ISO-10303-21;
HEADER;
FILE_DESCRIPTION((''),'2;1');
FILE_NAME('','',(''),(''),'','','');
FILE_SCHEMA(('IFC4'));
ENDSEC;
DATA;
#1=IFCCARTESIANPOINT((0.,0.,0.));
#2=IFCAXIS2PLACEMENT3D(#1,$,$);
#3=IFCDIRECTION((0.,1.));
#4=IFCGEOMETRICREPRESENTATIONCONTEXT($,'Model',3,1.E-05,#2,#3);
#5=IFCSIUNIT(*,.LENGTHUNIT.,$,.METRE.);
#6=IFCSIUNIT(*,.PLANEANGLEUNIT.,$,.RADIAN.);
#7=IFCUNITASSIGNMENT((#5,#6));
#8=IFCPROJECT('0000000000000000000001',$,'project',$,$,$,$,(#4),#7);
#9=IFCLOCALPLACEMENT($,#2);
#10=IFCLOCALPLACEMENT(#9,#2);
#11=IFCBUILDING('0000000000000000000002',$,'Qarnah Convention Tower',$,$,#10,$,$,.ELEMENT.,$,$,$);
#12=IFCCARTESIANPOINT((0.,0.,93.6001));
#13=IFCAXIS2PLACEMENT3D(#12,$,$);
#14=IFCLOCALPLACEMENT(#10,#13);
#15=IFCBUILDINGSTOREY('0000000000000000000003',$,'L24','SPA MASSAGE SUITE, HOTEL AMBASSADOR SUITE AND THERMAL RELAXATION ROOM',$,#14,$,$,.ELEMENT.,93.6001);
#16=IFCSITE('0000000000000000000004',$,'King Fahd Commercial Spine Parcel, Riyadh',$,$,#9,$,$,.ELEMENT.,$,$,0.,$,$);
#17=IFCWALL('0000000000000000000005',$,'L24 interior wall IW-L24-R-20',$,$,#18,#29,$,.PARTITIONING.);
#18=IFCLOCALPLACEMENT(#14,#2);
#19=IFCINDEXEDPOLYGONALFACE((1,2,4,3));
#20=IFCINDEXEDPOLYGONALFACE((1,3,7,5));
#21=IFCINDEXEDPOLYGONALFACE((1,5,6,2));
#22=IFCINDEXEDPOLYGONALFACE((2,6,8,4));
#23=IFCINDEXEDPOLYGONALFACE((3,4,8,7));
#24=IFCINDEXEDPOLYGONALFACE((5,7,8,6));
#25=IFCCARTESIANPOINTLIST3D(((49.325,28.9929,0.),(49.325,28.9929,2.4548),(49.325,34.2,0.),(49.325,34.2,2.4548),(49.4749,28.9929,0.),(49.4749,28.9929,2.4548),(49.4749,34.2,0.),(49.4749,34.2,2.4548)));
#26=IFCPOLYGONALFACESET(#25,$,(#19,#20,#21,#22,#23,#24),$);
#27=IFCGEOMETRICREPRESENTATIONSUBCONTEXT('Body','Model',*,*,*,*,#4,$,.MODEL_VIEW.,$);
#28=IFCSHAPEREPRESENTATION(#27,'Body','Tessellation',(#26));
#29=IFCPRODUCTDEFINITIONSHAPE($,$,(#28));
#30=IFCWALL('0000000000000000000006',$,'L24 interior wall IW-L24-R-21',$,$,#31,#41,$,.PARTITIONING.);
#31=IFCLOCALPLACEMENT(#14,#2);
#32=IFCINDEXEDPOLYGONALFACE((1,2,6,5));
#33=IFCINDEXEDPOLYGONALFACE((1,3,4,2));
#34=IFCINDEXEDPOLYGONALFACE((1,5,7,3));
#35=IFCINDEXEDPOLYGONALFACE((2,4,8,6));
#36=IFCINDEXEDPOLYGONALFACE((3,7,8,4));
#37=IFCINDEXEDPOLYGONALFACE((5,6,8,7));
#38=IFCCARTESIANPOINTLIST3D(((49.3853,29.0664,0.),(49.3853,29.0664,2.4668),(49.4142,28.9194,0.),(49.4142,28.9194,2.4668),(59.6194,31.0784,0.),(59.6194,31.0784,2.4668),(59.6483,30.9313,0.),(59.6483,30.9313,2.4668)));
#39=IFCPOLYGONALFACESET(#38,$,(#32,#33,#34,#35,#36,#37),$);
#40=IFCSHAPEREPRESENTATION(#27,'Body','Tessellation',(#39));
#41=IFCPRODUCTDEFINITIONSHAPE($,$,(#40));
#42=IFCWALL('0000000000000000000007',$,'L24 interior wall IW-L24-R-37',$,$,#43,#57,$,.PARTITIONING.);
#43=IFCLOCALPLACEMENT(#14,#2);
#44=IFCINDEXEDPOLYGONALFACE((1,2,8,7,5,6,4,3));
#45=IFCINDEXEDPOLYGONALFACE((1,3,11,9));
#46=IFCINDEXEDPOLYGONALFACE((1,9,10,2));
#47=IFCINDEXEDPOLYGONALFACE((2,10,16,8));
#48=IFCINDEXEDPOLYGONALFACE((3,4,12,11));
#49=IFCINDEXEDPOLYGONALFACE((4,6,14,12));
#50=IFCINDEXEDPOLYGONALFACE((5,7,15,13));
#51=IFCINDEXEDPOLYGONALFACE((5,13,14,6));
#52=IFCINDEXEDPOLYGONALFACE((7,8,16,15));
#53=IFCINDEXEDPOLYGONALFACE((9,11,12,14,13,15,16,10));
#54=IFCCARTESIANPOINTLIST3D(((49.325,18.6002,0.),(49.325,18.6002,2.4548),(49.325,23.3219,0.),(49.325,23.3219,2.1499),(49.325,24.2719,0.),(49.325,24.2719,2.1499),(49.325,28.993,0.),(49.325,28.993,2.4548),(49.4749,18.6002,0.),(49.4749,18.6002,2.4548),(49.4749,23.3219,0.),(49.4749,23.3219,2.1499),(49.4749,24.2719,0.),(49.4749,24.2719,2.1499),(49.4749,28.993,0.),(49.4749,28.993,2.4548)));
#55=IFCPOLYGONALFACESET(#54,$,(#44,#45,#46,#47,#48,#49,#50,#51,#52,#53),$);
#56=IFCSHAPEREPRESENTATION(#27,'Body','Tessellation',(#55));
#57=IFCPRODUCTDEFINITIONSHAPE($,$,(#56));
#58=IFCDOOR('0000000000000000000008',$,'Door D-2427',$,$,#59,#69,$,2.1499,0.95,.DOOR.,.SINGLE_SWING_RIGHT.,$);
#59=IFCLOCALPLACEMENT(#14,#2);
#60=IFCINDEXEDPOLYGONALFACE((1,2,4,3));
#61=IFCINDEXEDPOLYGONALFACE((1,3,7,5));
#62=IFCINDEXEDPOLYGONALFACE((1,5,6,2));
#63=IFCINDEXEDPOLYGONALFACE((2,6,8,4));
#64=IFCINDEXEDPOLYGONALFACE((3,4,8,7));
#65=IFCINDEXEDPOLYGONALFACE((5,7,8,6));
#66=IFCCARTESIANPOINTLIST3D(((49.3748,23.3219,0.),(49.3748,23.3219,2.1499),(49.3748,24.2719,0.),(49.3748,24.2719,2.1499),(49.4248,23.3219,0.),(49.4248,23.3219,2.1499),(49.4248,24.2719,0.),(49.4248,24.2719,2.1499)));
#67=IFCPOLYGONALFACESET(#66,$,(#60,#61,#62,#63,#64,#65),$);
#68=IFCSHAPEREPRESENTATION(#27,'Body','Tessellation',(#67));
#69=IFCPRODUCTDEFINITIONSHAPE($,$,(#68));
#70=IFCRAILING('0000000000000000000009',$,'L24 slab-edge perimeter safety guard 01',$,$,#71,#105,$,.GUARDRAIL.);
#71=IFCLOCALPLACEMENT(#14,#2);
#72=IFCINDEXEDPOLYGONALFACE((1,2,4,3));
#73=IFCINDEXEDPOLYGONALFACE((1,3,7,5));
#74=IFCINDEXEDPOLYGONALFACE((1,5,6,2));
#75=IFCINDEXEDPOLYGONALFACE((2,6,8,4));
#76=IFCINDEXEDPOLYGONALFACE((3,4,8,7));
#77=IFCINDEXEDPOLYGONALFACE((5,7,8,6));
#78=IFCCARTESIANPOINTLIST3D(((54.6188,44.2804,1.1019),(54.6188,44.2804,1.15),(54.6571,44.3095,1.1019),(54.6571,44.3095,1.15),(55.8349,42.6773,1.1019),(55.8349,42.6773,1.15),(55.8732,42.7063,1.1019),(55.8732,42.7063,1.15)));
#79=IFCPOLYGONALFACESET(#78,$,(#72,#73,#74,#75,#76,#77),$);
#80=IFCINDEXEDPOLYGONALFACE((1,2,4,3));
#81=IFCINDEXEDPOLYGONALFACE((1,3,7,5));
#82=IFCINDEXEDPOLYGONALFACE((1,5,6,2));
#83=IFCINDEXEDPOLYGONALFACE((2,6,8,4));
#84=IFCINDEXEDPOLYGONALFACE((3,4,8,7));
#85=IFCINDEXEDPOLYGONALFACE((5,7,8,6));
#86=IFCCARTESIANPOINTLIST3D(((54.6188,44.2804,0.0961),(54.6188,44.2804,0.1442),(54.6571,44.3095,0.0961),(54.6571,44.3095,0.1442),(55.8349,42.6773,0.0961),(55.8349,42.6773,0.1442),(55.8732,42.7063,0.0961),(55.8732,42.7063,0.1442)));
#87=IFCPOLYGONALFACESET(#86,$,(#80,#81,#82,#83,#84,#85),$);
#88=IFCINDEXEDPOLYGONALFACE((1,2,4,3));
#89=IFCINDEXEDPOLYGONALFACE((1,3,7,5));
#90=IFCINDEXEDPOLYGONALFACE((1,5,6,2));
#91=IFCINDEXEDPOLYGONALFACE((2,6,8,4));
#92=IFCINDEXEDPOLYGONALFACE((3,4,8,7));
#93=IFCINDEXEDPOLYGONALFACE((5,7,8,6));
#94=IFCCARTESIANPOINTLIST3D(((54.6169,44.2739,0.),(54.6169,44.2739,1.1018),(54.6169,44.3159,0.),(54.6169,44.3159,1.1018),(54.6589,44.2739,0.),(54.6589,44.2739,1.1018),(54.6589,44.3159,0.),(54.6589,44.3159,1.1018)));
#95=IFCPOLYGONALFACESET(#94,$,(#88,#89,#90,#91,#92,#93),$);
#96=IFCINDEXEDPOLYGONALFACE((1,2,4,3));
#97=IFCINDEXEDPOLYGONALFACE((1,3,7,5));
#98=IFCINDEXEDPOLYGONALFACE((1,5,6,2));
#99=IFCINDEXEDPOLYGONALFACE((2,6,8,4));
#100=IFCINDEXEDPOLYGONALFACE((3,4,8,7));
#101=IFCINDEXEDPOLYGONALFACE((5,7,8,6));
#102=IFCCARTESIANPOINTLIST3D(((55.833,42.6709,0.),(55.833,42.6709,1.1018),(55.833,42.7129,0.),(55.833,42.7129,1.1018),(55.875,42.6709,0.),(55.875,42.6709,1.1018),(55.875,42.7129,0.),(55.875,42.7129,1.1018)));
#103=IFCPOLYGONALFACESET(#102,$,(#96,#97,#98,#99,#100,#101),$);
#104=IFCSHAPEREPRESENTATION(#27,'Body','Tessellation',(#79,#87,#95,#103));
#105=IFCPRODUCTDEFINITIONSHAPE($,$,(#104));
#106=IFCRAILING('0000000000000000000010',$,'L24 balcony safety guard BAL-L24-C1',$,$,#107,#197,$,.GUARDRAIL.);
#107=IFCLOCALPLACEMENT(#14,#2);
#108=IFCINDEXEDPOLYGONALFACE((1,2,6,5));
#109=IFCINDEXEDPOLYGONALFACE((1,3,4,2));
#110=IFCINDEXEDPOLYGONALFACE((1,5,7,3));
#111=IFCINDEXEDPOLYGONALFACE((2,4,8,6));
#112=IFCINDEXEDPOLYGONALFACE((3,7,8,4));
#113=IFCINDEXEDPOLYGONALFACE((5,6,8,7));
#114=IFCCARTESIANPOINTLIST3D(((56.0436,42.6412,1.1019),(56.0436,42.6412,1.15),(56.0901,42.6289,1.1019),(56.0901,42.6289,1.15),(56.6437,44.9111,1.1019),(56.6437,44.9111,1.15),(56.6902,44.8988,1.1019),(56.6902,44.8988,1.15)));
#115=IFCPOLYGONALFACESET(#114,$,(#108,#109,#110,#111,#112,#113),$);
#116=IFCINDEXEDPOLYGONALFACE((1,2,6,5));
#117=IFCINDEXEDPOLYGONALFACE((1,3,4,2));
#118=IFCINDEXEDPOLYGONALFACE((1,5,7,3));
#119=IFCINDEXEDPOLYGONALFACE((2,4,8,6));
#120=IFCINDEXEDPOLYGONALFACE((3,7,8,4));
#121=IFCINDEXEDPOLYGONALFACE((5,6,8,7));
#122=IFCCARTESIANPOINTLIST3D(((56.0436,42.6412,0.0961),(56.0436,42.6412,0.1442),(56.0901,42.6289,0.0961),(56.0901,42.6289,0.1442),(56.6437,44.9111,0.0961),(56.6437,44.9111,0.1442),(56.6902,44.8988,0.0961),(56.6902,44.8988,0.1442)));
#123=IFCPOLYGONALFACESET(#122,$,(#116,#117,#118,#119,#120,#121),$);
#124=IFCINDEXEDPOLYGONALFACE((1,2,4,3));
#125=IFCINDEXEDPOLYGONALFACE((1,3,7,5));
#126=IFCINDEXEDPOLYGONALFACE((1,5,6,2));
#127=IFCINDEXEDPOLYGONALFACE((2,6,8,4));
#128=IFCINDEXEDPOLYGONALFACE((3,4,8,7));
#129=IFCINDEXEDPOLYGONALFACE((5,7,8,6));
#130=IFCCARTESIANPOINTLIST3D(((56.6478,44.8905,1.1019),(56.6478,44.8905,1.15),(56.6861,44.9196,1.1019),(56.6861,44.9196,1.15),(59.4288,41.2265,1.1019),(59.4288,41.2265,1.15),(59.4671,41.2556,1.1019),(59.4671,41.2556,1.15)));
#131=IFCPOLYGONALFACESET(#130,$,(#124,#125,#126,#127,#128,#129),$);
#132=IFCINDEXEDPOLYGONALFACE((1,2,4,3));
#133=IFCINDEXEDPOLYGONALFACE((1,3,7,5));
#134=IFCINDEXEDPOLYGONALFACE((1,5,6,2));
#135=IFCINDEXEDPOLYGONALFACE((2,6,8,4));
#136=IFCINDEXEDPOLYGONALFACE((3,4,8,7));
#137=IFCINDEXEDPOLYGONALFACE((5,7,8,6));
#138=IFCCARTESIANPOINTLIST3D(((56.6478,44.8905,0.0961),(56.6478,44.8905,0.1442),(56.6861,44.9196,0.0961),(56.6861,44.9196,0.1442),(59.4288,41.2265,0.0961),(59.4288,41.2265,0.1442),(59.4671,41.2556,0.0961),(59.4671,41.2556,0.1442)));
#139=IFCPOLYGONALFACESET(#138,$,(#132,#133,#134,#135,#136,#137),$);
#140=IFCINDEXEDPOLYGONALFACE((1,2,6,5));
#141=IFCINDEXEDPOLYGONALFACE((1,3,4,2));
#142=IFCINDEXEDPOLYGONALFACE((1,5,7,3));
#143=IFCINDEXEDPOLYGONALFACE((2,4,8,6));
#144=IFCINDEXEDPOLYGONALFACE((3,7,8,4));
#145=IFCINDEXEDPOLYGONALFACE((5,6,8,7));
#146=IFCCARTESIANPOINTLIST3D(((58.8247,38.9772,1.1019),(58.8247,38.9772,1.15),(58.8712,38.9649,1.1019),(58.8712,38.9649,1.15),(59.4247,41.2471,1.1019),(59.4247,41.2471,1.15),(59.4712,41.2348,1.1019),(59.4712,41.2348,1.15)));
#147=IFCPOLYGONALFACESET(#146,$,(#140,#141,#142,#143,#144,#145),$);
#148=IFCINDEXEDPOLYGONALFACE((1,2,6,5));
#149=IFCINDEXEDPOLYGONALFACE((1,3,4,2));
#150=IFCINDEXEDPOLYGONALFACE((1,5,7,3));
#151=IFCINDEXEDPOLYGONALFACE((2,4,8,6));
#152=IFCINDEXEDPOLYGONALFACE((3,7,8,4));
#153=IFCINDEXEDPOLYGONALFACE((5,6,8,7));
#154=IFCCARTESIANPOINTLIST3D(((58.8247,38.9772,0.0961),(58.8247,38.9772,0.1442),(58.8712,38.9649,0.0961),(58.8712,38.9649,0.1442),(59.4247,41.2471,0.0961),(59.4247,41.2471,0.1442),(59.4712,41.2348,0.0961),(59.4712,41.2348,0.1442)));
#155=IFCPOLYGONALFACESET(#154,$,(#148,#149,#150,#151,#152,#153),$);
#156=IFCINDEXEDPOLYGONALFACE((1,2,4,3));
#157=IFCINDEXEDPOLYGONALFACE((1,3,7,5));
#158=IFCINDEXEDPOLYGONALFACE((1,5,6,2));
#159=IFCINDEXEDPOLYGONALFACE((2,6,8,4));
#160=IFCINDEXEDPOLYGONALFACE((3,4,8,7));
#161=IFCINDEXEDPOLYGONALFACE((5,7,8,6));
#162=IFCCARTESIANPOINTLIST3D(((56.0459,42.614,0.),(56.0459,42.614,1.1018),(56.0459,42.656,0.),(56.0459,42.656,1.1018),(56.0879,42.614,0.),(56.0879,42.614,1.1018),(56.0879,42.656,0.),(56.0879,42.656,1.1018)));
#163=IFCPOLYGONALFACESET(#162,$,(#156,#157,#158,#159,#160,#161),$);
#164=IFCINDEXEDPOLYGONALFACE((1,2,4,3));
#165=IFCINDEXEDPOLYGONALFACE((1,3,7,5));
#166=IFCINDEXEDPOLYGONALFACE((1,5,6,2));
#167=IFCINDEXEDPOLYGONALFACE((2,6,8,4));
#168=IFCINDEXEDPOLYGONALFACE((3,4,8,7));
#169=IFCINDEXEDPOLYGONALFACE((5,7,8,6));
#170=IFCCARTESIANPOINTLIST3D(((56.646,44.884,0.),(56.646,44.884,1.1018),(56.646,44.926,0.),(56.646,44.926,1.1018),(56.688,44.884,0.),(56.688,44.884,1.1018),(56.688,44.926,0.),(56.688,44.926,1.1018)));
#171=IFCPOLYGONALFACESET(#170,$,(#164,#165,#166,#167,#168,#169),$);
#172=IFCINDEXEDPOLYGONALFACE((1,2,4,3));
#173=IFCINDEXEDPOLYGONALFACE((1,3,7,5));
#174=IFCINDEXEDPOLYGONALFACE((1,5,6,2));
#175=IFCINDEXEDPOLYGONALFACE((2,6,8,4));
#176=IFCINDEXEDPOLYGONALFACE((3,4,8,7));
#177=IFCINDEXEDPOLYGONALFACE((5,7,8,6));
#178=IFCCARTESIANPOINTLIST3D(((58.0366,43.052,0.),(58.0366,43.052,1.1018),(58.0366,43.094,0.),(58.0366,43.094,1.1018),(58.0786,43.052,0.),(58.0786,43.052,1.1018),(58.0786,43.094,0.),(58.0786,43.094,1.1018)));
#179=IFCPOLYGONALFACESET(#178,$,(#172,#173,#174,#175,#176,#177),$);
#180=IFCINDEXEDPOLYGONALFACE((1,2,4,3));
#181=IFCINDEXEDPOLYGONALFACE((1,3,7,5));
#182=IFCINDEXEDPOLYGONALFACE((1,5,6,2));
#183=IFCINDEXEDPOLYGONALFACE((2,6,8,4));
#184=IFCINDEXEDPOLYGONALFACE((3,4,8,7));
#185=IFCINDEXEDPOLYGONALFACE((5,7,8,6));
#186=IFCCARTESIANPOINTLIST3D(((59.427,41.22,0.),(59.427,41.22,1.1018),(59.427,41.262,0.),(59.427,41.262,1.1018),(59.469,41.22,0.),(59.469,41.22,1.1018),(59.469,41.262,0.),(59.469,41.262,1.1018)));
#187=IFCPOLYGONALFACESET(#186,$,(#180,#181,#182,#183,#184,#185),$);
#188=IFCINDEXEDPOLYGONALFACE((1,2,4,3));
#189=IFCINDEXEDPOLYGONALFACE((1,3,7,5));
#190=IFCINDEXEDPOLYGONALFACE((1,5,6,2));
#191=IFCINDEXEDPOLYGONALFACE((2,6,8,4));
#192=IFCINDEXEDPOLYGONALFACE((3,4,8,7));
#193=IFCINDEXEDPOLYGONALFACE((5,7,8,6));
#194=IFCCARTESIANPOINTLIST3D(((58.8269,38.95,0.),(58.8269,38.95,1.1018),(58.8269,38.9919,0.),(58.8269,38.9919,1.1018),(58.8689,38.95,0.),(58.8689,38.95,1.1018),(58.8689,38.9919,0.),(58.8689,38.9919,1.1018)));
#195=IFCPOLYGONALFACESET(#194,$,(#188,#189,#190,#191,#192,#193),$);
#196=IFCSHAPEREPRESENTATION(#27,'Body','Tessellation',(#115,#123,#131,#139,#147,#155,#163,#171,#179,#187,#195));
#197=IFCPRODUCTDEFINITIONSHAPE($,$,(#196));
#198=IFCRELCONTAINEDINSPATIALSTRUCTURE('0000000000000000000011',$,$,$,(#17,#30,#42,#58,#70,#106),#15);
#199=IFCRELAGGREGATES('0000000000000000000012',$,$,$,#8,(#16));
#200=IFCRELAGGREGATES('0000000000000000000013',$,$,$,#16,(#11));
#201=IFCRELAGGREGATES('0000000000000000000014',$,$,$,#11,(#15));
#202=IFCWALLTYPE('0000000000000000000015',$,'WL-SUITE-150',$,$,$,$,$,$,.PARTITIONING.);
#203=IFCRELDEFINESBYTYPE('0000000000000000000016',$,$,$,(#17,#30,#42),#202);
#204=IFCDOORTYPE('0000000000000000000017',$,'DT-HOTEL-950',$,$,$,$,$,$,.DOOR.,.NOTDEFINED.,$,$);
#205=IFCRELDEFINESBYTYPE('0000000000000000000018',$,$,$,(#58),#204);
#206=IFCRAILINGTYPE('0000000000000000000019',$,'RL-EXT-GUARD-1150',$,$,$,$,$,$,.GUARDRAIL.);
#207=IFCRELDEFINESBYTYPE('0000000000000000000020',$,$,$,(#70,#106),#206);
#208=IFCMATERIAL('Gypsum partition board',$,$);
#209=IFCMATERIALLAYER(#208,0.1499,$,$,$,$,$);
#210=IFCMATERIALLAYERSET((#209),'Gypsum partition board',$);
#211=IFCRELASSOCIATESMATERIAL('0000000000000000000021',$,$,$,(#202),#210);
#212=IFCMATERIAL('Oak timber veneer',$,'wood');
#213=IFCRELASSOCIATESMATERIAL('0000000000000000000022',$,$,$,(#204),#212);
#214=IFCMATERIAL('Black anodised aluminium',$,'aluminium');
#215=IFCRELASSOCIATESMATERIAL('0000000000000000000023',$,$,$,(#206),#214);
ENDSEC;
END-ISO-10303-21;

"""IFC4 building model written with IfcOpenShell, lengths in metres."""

from ifc_helpers import new_model, si_unit, direction, frame, frame_2d, origin, origin_2d, place, context, subcontext, project, spatial, rectangle, extrude, material, layer, layer_set, type_object, element, fill, save


model = new_model("IFC4")

# Units and contexts
model_context = context("Model", 3, precision=1e-05, world=origin(), true_north=direction((0.0, 1.0)))
body_context = subcontext(model_context, "Body", "Model", "MODEL_VIEW")
ifc_project = project(units=[si_unit("LENGTHUNIT", "METRE"), si_unit("PLANEANGLEUNIT", "RADIAN")], contexts=[model_context])

# Site, building, storey
site_placement = place(None, origin())
site = spatial("IfcSite", under=ifc_project, at=site_placement, Name="King Fahd Commercial Spine Parcel, Riyadh", CompositionType="ELEMENT", RefElevation=0.0)
building_placement = place(site_placement, origin())
building = spatial("IfcBuilding", under=site, at=building_placement, Name="Qarnah Convention Tower", CompositionType="ELEMENT")
storey_placement = place(building_placement, frame((0.0, 0.0, 93.6001)))
storey = spatial("IfcBuildingStorey", under=building, at=storey_placement, Name="L24", Description="SPA MASSAGE SUITE, HOTEL AMBASSADOR SUITE AND THERMAL RELAXATION ROOM", CompositionType="ELEMENT", Elevation=93.6001)

# Shared definitions
ifc_material_1 = material(Name="Black anodised aluminium", Category="aluminium")

# Walls
ifc_material_2 = material(Name="Gypsum partition board")
ifc_layer_1 = layer(ifc_material_2, 0.1499)
ifc_layer_set_1 = layer_set([ifc_layer_1], Name="Gypsum partition board")
wall_type_1 = type_object("IfcWallType", Name="WL-SUITE-150", PredefinedType="PARTITIONING", material=ifc_layer_set_1)
wall_1_placement = place(storey_placement, frame((49.3999, 34.2, 0.0), z_axis=(0.0, 0.0, 1.0), x_axis=(0.0, -1.0, 0.0)))
element("IfcWall", 1, at=wall_1_placement, inside=storey, type_object=wall_type_1, Name="L24 interior wall IW-L24-R-20", PredefinedType="PARTITIONING", context=body_context, shape_type="SweptSolid", body=[
    extrude(rectangle(XDim=5.207, YDim=0.1499, at=frame_2d((2.6035, 0.0))), origin(), (0.0, 0.0, 1.0), 2.4548),
])
wall_2_placement = place(storey_placement, frame((49.3999, 28.9929, 0.0), z_axis=(0.0, 0.0, 1.0), x_axis=(0.981218, 0.192901, 0.0)))
element("IfcWall", 2, at=wall_2_placement, inside=storey, type_object=wall_type_1, Name="L24 interior wall IW-L24-R-21", PredefinedType="PARTITIONING", context=body_context, shape_type="SweptSolid", body=[
    extrude(rectangle(XDim=10.4299, YDim=0.1499, at=frame_2d((5.2148, 0.0))), origin(), (0.0, 0.0, 1.0), 2.4668),
])

# Wall, opening, door
wall_3_placement = place(storey_placement, frame((49.3999, 28.9929, 0.0), z_axis=(0.0, 0.0, 1.0), x_axis=(0.0, -1.0, 0.0)))
wall_3 = element("IfcWall", 3, at=wall_3_placement, inside=storey, type_object=wall_type_1, Name="L24 interior wall IW-L24-R-37", PredefinedType="PARTITIONING", context=body_context, shape_type="SweptSolid", body=[
    extrude(rectangle(XDim=10.3928, YDim=0.1499, at=frame_2d((5.1963, 0.0))), origin(), (0.0, 0.0, 1.0), 2.4548),
])
opening_1_placement = place(wall_3_placement, frame((4.7209, 0.0, 0.0)))
opening_1 = element("IfcOpeningElement", 4, at=opening_1_placement, cuts=wall_3, PredefinedType="OPENING", context=body_context, shape_type="SweptSolid", body=[
    extrude(rectangle(XDim=0.95, YDim=2.1499, at=frame_2d((0.4751, 1.075))), frame((0.0, 0.085, 0.0), z_axis=(0.0, -1.0, 0.0), x_axis=(1.0, 0.0, 0.0)), (0.0, 0.0, 1.0), 0.1699),
])
ifc_material_3 = material(Name="Oak timber veneer", Category="wood")
door_type_1 = type_object("IfcDoorType", Name="DT-HOTEL-950", OperationType="NOTDEFINED", PredefinedType="DOOR", material=ifc_material_3)
door_1_placement = place(opening_1_placement, origin())
door_1 = element("IfcDoor", 5, at=door_1_placement, inside=storey, type_object=door_type_1, Name="Door D-2427", OperationType="SINGLE_SWING_RIGHT", OverallHeight=2.1499, OverallWidth=0.95, PredefinedType="DOOR", context=body_context, shape_type="SweptSolid", body=[
    extrude(rectangle(XDim=0.95, YDim=2.1499, at=frame_2d((0.4751, 1.075))), frame((0.0, 0.0249, 0.0), z_axis=(0.0, -1.0, 0.0), x_axis=(1.0, 0.0, 0.0)), (0.0, 0.0, 1.0), 0.05),
])
fill(opening_1, door_1)

# Railings
railing_type = type_object("IfcRailingType", Name="RL-EXT-GUARD-1150", PredefinedType="GUARDRAIL", material=ifc_material_1)
railing_1_placement = place(storey_placement, frame((54.6379, 44.2949, 0.0)))
element("IfcRailing", 6, at=railing_1_placement, inside=storey, type_object=railing_type, Name="L24 slab-edge perimeter safety guard 01", PredefinedType="GUARDRAIL", context=body_context, shape_type="SweptSolid", body=[
    extrude(rectangle(XDim=0.0481, YDim=0.0481, at=origin_2d()), frame((0.0, 0.0, 1.126), z_axis=(0.604379, -0.796697, 0.0), x_axis=(0.796697, 0.604379, 0.0)), (0.0, 0.0, 1.0), 2.0122),
    extrude(rectangle(XDim=0.0481, YDim=0.0481, at=origin_2d()), frame((0.0, 0.0, 0.1201), z_axis=(0.604379, -0.796697, 0.0), x_axis=(0.796697, 0.604379, 0.0)), (0.0, 0.0, 1.0), 2.0122),
    extrude(rectangle(XDim=0.042, YDim=0.042, at=origin_2d()), origin(), (0.0, 0.0, 1.0), 1.1018),
    extrude(rectangle(XDim=0.042, YDim=0.042, at=origin_2d()), frame((1.2161, -1.603, 0.0)), (0.0, 0.0, 1.0), 1.1018),
])
railing_2_placement = place(storey_placement, frame((56.0669, 42.635, 0.0)))
element("IfcRailing", 7, at=railing_2_placement, inside=storey, type_object=railing_type, Name="L24 balcony safety guard BAL-L24-C1", PredefinedType="GUARDRAIL", context=body_context, shape_type="SweptSolid", body=[
    extrude(rectangle(XDim=0.0481, YDim=0.0481, at=origin_2d()), frame((0.0, 0.0, 1.126), z_axis=(0.255578, 0.966788, 0.0), x_axis=(-0.966788, 0.255578, 0.0)), (0.0, 0.0, 1.0), 2.3479),
    extrude(rectangle(XDim=0.0481, YDim=0.0481, at=origin_2d()), frame((0.0, 0.0, 0.1201), z_axis=(0.255578, 0.966788, 0.0), x_axis=(-0.966788, 0.255578, 0.0)), (0.0, 0.0, 1.0), 2.3479),
    extrude(rectangle(XDim=0.0481, YDim=0.0481, at=origin_2d()), frame((0.6001, 2.27, 1.126), z_axis=(0.604576, -0.796548, 0.0), x_axis=(0.796548, 0.604576, 0.0)), (0.0, 0.0, 1.0), 4.5999),
    extrude(rectangle(XDim=0.0481, YDim=0.0481, at=origin_2d()), frame((0.6001, 2.27, 0.1201), z_axis=(0.604576, -0.796548, 0.0), x_axis=(0.796548, 0.604576, 0.0)), (0.0, 0.0, 1.0), 4.5999),
    extrude(rectangle(XDim=0.0481, YDim=0.0481, at=origin_2d()), frame((3.3811, -1.394, 1.126), z_axis=(-0.255578, -0.966788, 0.0), x_axis=(0.966788, -0.255578, 0.0)), (0.0, 0.0, 1.0), 2.3479),
    extrude(rectangle(XDim=0.0481, YDim=0.0481, at=origin_2d()), frame((3.3811, -1.394, 0.1201), z_axis=(-0.255578, -0.966788, 0.0), x_axis=(0.966788, -0.255578, 0.0)), (0.0, 0.0, 1.0), 2.3479),
    extrude(rectangle(XDim=0.042, YDim=0.042, at=origin_2d()), origin(), (0.0, 0.0, 1.0), 1.1018),
    extrude(rectangle(XDim=0.042, YDim=0.042, at=origin_2d()), frame((0.6001, 2.27, 0.0)), (0.0, 0.0, 1.0), 1.1018),
    extrude(rectangle(XDim=0.042, YDim=0.042, at=origin_2d()), frame((1.9907, 0.438, 0.0)), (0.0, 0.0, 1.0), 1.1018),
    extrude(rectangle(XDim=0.042, YDim=0.042, at=origin_2d()), frame((3.3811, -1.394, 0.0)), (0.0, 0.0, 1.0), 1.1018),
    extrude(rectangle(XDim=0.042, YDim=0.042, at=origin_2d()), frame((2.781, -3.6641, 0.0)), (0.0, 0.0, 1.0), 1.1018),
])

save(model, "model.ifc")
